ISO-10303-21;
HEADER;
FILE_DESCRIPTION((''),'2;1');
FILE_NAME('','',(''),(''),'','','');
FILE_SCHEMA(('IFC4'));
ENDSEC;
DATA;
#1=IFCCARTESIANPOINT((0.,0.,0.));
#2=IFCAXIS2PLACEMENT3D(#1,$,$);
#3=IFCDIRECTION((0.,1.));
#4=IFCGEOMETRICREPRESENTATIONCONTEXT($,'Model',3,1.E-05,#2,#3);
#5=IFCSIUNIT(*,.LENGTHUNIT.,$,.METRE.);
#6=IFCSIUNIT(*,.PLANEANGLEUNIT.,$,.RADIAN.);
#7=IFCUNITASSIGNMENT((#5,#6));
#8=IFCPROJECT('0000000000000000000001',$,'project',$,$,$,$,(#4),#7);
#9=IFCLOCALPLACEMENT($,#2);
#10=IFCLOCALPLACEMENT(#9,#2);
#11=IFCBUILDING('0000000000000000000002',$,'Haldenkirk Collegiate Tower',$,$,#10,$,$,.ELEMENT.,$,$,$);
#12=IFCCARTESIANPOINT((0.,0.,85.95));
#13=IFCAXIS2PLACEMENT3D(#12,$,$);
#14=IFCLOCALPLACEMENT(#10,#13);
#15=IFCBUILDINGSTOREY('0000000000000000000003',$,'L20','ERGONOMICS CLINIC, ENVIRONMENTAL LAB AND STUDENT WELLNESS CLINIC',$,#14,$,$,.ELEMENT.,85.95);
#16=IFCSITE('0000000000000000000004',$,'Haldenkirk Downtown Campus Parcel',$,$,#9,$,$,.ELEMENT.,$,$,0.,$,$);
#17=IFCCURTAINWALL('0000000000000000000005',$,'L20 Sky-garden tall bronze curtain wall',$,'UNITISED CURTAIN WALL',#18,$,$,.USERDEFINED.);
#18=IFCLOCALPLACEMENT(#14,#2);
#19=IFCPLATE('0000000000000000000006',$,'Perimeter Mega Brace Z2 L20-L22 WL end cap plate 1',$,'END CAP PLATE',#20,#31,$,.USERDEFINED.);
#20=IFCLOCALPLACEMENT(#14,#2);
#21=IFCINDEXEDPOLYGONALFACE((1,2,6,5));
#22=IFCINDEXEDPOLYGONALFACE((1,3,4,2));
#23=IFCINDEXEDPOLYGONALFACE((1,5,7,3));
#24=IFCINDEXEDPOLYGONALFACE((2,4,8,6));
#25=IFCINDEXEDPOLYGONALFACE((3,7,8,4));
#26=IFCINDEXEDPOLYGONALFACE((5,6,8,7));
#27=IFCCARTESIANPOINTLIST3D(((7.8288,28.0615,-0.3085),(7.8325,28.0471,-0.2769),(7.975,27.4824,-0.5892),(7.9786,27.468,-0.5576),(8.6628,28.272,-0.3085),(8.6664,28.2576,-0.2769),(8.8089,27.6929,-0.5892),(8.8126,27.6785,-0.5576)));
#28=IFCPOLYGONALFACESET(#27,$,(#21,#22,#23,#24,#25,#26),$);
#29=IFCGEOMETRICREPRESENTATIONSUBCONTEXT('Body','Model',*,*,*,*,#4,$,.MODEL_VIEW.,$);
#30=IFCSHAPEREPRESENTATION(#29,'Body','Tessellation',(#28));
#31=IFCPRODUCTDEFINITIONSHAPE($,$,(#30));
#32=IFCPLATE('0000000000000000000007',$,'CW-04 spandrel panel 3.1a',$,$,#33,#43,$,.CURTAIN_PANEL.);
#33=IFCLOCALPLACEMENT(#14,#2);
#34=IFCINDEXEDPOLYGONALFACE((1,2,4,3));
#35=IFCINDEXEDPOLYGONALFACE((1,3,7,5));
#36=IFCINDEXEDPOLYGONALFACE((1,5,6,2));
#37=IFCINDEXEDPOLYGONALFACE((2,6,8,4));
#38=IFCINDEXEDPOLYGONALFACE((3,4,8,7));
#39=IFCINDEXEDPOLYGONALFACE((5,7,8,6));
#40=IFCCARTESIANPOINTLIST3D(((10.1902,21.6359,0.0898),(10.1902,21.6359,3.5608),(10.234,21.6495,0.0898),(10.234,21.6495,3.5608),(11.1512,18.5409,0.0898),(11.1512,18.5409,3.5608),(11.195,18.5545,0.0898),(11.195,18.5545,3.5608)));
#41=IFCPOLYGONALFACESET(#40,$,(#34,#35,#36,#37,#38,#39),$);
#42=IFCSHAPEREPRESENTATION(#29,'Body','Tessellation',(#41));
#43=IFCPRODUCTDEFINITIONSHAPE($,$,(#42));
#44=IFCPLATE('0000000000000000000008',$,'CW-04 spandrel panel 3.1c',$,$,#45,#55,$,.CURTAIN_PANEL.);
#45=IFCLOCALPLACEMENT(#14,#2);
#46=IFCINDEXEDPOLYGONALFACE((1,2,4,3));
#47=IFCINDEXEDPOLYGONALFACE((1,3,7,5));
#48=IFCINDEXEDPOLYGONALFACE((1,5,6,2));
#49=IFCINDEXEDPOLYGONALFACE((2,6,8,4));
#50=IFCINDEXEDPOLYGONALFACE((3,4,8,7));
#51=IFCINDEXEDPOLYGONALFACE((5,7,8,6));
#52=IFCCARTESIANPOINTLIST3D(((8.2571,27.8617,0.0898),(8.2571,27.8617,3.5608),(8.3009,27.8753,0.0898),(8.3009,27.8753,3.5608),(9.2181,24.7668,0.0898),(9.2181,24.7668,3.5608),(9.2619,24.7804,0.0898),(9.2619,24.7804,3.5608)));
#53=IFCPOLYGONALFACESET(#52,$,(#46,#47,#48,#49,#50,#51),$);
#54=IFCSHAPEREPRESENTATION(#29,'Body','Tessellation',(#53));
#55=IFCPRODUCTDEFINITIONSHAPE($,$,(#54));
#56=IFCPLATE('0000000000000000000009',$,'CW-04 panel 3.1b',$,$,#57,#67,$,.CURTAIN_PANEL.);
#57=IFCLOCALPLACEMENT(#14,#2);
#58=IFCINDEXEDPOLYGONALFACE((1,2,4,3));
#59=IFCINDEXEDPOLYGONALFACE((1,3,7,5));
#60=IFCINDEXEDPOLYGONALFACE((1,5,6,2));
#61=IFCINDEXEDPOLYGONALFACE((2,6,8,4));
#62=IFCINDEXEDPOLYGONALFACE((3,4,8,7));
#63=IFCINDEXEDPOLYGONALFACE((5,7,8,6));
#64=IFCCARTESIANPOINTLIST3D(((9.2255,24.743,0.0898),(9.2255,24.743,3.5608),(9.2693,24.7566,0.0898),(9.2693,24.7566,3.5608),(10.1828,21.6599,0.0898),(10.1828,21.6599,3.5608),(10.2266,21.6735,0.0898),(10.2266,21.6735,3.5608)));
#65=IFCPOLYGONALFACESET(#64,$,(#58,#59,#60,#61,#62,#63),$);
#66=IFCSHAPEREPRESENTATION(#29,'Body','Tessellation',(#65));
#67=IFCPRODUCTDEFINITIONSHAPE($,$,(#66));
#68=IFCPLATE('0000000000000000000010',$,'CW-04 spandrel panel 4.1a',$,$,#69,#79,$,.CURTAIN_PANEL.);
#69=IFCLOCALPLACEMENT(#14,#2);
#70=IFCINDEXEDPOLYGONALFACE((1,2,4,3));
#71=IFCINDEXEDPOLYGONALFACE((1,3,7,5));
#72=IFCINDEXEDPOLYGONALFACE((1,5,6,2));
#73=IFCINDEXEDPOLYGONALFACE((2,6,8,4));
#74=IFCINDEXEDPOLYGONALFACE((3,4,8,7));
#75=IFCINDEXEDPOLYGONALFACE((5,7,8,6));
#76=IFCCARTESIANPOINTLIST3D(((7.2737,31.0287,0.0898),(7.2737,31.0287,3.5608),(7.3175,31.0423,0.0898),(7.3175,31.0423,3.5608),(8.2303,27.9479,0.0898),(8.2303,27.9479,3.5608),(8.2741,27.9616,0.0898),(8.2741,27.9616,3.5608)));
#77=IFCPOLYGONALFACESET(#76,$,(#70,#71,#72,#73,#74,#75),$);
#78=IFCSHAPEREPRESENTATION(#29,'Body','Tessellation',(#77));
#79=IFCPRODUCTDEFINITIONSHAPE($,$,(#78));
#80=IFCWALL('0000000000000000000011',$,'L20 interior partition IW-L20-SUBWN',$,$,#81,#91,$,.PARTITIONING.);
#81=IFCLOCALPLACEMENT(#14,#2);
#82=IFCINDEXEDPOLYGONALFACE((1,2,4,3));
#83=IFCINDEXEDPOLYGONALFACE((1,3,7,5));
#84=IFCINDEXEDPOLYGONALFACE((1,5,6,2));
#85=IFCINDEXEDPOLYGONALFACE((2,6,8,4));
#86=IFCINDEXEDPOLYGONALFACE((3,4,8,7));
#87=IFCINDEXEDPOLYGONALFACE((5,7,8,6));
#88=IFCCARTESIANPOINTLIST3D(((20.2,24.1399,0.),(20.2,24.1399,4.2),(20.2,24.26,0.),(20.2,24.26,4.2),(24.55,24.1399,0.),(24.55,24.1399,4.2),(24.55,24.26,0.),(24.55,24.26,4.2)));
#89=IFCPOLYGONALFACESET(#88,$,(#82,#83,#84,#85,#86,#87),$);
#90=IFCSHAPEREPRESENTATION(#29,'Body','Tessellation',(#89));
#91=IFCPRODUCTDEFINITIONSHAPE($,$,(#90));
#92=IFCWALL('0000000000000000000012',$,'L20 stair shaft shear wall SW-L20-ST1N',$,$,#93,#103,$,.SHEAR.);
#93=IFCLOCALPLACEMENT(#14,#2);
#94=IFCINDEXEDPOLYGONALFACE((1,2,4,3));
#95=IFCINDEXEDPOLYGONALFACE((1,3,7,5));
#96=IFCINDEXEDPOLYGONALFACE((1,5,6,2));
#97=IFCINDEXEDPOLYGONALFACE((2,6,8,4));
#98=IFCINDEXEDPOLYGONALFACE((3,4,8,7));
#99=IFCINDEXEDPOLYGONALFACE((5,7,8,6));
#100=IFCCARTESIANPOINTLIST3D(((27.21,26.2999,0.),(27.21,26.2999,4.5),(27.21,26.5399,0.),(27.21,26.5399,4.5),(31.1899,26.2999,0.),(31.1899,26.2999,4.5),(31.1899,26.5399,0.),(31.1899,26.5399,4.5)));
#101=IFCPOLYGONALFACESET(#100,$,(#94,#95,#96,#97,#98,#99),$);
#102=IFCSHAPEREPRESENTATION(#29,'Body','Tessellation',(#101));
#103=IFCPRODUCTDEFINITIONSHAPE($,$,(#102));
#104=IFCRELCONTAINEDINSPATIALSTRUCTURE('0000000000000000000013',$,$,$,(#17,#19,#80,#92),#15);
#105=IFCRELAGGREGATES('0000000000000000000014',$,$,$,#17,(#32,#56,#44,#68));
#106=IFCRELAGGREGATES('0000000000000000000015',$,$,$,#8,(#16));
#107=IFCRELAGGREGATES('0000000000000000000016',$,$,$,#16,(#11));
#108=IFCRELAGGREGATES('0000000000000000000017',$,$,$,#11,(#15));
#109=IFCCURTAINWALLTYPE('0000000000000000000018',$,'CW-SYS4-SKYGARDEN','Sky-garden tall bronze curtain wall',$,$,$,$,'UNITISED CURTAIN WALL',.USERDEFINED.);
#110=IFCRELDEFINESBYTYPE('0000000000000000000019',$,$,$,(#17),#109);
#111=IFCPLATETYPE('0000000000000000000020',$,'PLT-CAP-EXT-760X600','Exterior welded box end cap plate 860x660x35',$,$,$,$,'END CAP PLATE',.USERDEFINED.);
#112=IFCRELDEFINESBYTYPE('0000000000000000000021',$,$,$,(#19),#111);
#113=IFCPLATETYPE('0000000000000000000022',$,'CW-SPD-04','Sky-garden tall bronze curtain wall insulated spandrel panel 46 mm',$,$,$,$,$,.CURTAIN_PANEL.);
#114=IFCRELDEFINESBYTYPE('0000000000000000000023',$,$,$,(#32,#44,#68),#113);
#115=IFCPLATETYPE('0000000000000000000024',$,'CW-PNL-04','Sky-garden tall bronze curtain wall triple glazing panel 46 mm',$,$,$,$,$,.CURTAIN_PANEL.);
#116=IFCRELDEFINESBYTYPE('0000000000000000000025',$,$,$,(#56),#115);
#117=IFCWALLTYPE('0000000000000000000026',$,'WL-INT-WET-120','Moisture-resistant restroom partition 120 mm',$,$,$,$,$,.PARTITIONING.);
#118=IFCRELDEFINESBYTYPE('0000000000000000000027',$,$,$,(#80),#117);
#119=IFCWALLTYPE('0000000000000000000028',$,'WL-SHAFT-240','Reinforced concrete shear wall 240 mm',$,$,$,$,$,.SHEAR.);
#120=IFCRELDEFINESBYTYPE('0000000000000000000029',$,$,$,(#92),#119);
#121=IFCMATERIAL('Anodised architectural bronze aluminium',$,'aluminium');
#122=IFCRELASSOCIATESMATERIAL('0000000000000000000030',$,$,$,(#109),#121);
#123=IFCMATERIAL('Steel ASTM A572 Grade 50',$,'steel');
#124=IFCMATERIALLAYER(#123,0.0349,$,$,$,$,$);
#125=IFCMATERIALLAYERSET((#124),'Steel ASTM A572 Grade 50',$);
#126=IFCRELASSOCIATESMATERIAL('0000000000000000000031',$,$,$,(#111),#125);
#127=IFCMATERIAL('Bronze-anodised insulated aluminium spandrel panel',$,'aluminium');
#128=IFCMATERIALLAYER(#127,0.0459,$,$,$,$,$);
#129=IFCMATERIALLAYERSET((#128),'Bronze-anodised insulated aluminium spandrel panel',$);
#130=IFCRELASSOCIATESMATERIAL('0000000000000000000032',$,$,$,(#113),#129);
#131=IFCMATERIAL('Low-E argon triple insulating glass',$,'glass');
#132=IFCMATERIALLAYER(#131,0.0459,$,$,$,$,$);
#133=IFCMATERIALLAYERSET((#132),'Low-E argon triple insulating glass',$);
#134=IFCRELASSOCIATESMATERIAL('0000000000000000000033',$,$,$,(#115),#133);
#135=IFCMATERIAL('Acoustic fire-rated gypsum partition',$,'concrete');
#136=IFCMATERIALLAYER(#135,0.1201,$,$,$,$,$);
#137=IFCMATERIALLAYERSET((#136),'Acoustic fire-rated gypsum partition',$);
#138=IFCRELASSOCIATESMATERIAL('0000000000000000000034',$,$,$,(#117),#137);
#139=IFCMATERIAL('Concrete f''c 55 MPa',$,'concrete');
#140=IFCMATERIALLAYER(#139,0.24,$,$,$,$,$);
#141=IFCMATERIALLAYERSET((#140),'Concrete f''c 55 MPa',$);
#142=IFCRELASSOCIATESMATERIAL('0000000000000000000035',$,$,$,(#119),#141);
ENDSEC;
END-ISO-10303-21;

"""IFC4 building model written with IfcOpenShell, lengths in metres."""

from ifc_helpers import new_model, si_unit, direction, frame, frame_2d, origin, origin_2d, place, context, subcontext, project, spatial, rectangle, extrude, source, transform, mapped, material, layer, layer_set, type_object, element, aggregate, save


model = new_model("IFC4")

# Units and contexts
model_context = context("Model", 3, precision=1e-05, world=origin(), true_north=direction((0.0, 1.0)))
body_context = subcontext(model_context, "Body", "Model", "MODEL_VIEW")
ifc_project = project(units=[si_unit("LENGTHUNIT", "METRE"), si_unit("PLANEANGLEUNIT", "RADIAN")], contexts=[model_context])

# Site, building, storey
site_placement = place(None, origin())
site = spatial("IfcSite", under=ifc_project, at=site_placement, Name="Haldenkirk Downtown Campus Parcel", CompositionType="ELEMENT", RefElevation=0.0)
building_placement = place(site_placement, origin())
building = spatial("IfcBuilding", under=site, at=building_placement, Name="Haldenkirk Collegiate Tower", CompositionType="ELEMENT")
storey_placement = place(building_placement, frame((0.0, 0.0, 85.95)))
storey = spatial("IfcBuildingStorey", under=building, at=storey_placement, Name="L20", Description="ERGONOMICS CLINIC, ENVIRONMENTAL LAB AND STUDENT WELLNESS CLINIC", CompositionType="ELEMENT", Elevation=85.95)

# Curtain wall
ifc_material_1 = material(Name="Anodised architectural bronze aluminium", Category="aluminium")
curtain_wall_type = type_object("IfcCurtainWallType", Name="CW-SYS4-SKYGARDEN", Description="Sky-garden tall bronze curtain wall", ElementType="UNITISED CURTAIN WALL", PredefinedType="USERDEFINED", material=ifc_material_1)
curtain_wall_placement = place(storey_placement, origin())
curtain_wall = element("IfcCurtainWall", 1, at=curtain_wall_placement, inside=storey, type_object=curtain_wall_type, Name="L20 Sky-garden tall bronze curtain wall", ObjectType="UNITISED CURTAIN WALL", PredefinedType="USERDEFINED")

# Shared definitions
ifc_material_2 = material(Name="Steel ASTM A572 Grade 50", Category="steel")

# Plates
ifc_layer_1 = layer(ifc_material_2, 0.0349)
ifc_layer_set_1 = layer_set([ifc_layer_1], Name="Steel ASTM A572 Grade 50")
plate_type_1 = type_object("IfcPlateType", Name="PLT-CAP-EXT-760X600", Description="Exterior welded box end cap plate 860x660x35", ElementType="END CAP PLATE", PredefinedType="USERDEFINED", material=ifc_layer_set_1)
shared_shape_1 = source(origin(), body_context, "Body", "SweptSolid", [
    extrude(rectangle(XDim=0.8601, YDim=0.6599, at=origin_2d()), origin(), (0.0, 0.0, 1.0), 0.0349),
])
plate_1_placement = place(storey_placement, frame((8.3225, 27.8628, -0.4172), z_axis=(-0.104062, 0.412377, -0.90505), x_axis=(-0.969605, -0.244677, 0.0)))
element("IfcPlate", 2, at=plate_1_placement, inside=storey, type_object=plate_type_1, Name="Perimeter Mega Brace Z2 L20-L22 WL end cap plate 1", ObjectType="END CAP PLATE", PredefinedType="USERDEFINED", context=body_context, shape_type="MappedRepresentation", body=[
    mapped(shared_shape_1, transform((0.0, 0.0, 0.0), x_axis=(1.0, 0.0, 0.0), y_axis=(0.0, 1.0, 0.0), z_axis=(0.0, 0.0, 1.0), scale=1.0)),
])
ifc_material_3 = material(Name="Bronze-anodised insulated aluminium spandrel panel", Category="aluminium")
ifc_layer_2 = layer(ifc_material_3, 0.0459)
ifc_layer_set_2 = layer_set([ifc_layer_2], Name="Bronze-anodised insulated aluminium spandrel panel")
plate_type_2 = type_object("IfcPlateType", Name="CW-SPD-04", Description="Sky-garden tall bronze curtain wall insulated spandrel panel 46 mm", PredefinedType="CURTAIN_PANEL", material=ifc_layer_set_2)
shared_shape_2 = source(origin(), body_context, "Body", "SweptSolid", [
    extrude(rectangle(XDim=3.2407, YDim=0.0459, at=origin_2d()), origin(), (0.0, 0.0, 1.0), 3.4709),
])
plate_2_placement = place(storey_placement, frame((10.6926, 20.0952, 0.0898), z_axis=(0.0, 0.0, 1.0), x_axis=(-0.296541, 0.95502, 0.0)))
plate_2 = element("IfcPlate", 3, at=plate_2_placement, type_object=plate_type_2, Name="CW-04 spandrel panel 3.1a", PredefinedType="CURTAIN_PANEL", context=body_context, shape_type="MappedRepresentation", body=[
    mapped(shared_shape_2, transform((0.0, 0.0, 0.0), x_axis=(1.0, 0.0, 0.0), y_axis=(0.0, 1.0, 0.0), z_axis=(0.0, 0.0, 1.0), scale=1.0)),
])
plate_3_placement = place(storey_placement, frame((8.7595, 26.321, 0.0898), z_axis=(0.0, 0.0, 1.0), x_axis=(-0.296541, 0.95502, 0.0)))
plate_3 = element("IfcPlate", 4, at=plate_3_placement, type_object=plate_type_2, Name="CW-04 spandrel panel 3.1c", PredefinedType="CURTAIN_PANEL", context=body_context, shape_type="MappedRepresentation", body=[
    mapped(shared_shape_2, transform((0.0, 0.0, 0.0), x_axis=(1.0, 0.0, 0.0), y_axis=(0.0, 1.0, 0.0), z_axis=(0.0, 0.0, 1.0), scale=1.0)),
])
ifc_material_4 = material(Name="Low-E argon triple insulating glass", Category="glass")
ifc_layer_3 = layer(ifc_material_4, 0.0459)
ifc_layer_set_3 = layer_set([ifc_layer_3], Name="Low-E argon triple insulating glass")
plate_type_3 = type_object("IfcPlateType", Name="CW-PNL-04", Description="Sky-garden tall bronze curtain wall triple glazing panel 46 mm", PredefinedType="CURTAIN_PANEL", material=ifc_layer_set_3)
shared_shape_3 = source(origin(), body_context, "Body", "SweptSolid", [
    extrude(rectangle(XDim=3.2283, YDim=0.0459, at=origin_2d()), origin(), (0.0, 0.0, 1.0), 3.4709),
])
plate_4_placement = place(storey_placement, frame((9.7261, 23.2083, 0.0898), z_axis=(0.0, 0.0, 1.0), x_axis=(-0.296541, 0.95502, 0.0)))
plate_4 = element("IfcPlate", 5, at=plate_4_placement, type_object=plate_type_3, Name="CW-04 panel 3.1b", PredefinedType="CURTAIN_PANEL", context=body_context, shape_type="MappedRepresentation", body=[
    mapped(shared_shape_3, transform((0.0, 0.0, 0.0), x_axis=(1.0, 0.0, 0.0), y_axis=(0.0, 1.0, 0.0), z_axis=(0.0, 0.0, 1.0), scale=1.0)),
])
shared_shape_4 = source(origin(), body_context, "Body", "SweptSolid", [
    extrude(rectangle(XDim=3.2258, YDim=0.0459, at=origin_2d()), origin(), (0.0, 0.0, 1.0), 3.4709),
])
plate_5_placement = place(storey_placement, frame((7.7739, 29.4951, 0.0898), z_axis=(0.0, 0.0, 1.0), x_axis=(-0.296541, 0.95502, 0.0)))
plate_5 = element("IfcPlate", 6, at=plate_5_placement, type_object=plate_type_2, Name="CW-04 spandrel panel 4.1a", PredefinedType="CURTAIN_PANEL", context=body_context, shape_type="MappedRepresentation", body=[
    mapped(shared_shape_4, transform((0.0, 0.0, 0.0), x_axis=(1.0, 0.0, 0.0), y_axis=(0.0, 1.0, 0.0), z_axis=(0.0, 0.0, 1.0), scale=1.0)),
])
aggregate(curtain_wall, [plate_2, plate_4, plate_3, plate_5])

# Shared definitions
ifc_material_5 = material(Name="Acoustic fire-rated gypsum partition", Category="concrete")

# Walls
ifc_layer_4 = layer(ifc_material_5, 0.1201)
ifc_layer_set_4 = layer_set([ifc_layer_4], Name="Acoustic fire-rated gypsum partition")
wall_type_1 = type_object("IfcWallType", Name="WL-INT-WET-120", Description="Moisture-resistant restroom partition 120 mm", PredefinedType="PARTITIONING", material=ifc_layer_set_4)
wall_1_placement = place(storey_placement, frame((20.2, 24.2, 0.0), z_axis=(0.0, 0.0, 1.0), x_axis=(1.0, 0.0, 0.0)))
element("IfcWall", 7, at=wall_1_placement, inside=storey, type_object=wall_type_1, Name="L20 interior partition IW-L20-SUBWN", PredefinedType="PARTITIONING", context=body_context, shape_type="SweptSolid", body=[
    extrude(rectangle(XDim=4.3501, YDim=0.1201, at=frame_2d((2.175, 0.0))), origin(), (0.0, 0.0, 1.0), 4.2),
])
ifc_material_6 = material(Name="Concrete f'c 55 MPa", Category="concrete")
ifc_layer_5 = layer(ifc_material_6, 0.24)
ifc_layer_set_5 = layer_set([ifc_layer_5], Name="Concrete f'c 55 MPa")
wall_type_2 = type_object("IfcWallType", Name="WL-SHAFT-240", Description="Reinforced concrete shear wall 240 mm", PredefinedType="SHEAR", material=ifc_layer_set_5)
wall_2_placement = place(storey_placement, frame((27.21, 26.4199, 0.0), z_axis=(0.0, 0.0, 1.0), x_axis=(1.0, 0.0, 0.0)))
element("IfcWall", 8, at=wall_2_placement, inside=storey, type_object=wall_type_2, Name="L20 stair shaft shear wall SW-L20-ST1N", PredefinedType="SHEAR", context=body_context, shape_type="SweptSolid", body=[
    extrude(rectangle(XDim=3.98, YDim=0.24, at=frame_2d((1.99, 0.0))), origin(), (0.0, 0.0, 1.0), 4.5),
])

save(model, "model.ifc")
